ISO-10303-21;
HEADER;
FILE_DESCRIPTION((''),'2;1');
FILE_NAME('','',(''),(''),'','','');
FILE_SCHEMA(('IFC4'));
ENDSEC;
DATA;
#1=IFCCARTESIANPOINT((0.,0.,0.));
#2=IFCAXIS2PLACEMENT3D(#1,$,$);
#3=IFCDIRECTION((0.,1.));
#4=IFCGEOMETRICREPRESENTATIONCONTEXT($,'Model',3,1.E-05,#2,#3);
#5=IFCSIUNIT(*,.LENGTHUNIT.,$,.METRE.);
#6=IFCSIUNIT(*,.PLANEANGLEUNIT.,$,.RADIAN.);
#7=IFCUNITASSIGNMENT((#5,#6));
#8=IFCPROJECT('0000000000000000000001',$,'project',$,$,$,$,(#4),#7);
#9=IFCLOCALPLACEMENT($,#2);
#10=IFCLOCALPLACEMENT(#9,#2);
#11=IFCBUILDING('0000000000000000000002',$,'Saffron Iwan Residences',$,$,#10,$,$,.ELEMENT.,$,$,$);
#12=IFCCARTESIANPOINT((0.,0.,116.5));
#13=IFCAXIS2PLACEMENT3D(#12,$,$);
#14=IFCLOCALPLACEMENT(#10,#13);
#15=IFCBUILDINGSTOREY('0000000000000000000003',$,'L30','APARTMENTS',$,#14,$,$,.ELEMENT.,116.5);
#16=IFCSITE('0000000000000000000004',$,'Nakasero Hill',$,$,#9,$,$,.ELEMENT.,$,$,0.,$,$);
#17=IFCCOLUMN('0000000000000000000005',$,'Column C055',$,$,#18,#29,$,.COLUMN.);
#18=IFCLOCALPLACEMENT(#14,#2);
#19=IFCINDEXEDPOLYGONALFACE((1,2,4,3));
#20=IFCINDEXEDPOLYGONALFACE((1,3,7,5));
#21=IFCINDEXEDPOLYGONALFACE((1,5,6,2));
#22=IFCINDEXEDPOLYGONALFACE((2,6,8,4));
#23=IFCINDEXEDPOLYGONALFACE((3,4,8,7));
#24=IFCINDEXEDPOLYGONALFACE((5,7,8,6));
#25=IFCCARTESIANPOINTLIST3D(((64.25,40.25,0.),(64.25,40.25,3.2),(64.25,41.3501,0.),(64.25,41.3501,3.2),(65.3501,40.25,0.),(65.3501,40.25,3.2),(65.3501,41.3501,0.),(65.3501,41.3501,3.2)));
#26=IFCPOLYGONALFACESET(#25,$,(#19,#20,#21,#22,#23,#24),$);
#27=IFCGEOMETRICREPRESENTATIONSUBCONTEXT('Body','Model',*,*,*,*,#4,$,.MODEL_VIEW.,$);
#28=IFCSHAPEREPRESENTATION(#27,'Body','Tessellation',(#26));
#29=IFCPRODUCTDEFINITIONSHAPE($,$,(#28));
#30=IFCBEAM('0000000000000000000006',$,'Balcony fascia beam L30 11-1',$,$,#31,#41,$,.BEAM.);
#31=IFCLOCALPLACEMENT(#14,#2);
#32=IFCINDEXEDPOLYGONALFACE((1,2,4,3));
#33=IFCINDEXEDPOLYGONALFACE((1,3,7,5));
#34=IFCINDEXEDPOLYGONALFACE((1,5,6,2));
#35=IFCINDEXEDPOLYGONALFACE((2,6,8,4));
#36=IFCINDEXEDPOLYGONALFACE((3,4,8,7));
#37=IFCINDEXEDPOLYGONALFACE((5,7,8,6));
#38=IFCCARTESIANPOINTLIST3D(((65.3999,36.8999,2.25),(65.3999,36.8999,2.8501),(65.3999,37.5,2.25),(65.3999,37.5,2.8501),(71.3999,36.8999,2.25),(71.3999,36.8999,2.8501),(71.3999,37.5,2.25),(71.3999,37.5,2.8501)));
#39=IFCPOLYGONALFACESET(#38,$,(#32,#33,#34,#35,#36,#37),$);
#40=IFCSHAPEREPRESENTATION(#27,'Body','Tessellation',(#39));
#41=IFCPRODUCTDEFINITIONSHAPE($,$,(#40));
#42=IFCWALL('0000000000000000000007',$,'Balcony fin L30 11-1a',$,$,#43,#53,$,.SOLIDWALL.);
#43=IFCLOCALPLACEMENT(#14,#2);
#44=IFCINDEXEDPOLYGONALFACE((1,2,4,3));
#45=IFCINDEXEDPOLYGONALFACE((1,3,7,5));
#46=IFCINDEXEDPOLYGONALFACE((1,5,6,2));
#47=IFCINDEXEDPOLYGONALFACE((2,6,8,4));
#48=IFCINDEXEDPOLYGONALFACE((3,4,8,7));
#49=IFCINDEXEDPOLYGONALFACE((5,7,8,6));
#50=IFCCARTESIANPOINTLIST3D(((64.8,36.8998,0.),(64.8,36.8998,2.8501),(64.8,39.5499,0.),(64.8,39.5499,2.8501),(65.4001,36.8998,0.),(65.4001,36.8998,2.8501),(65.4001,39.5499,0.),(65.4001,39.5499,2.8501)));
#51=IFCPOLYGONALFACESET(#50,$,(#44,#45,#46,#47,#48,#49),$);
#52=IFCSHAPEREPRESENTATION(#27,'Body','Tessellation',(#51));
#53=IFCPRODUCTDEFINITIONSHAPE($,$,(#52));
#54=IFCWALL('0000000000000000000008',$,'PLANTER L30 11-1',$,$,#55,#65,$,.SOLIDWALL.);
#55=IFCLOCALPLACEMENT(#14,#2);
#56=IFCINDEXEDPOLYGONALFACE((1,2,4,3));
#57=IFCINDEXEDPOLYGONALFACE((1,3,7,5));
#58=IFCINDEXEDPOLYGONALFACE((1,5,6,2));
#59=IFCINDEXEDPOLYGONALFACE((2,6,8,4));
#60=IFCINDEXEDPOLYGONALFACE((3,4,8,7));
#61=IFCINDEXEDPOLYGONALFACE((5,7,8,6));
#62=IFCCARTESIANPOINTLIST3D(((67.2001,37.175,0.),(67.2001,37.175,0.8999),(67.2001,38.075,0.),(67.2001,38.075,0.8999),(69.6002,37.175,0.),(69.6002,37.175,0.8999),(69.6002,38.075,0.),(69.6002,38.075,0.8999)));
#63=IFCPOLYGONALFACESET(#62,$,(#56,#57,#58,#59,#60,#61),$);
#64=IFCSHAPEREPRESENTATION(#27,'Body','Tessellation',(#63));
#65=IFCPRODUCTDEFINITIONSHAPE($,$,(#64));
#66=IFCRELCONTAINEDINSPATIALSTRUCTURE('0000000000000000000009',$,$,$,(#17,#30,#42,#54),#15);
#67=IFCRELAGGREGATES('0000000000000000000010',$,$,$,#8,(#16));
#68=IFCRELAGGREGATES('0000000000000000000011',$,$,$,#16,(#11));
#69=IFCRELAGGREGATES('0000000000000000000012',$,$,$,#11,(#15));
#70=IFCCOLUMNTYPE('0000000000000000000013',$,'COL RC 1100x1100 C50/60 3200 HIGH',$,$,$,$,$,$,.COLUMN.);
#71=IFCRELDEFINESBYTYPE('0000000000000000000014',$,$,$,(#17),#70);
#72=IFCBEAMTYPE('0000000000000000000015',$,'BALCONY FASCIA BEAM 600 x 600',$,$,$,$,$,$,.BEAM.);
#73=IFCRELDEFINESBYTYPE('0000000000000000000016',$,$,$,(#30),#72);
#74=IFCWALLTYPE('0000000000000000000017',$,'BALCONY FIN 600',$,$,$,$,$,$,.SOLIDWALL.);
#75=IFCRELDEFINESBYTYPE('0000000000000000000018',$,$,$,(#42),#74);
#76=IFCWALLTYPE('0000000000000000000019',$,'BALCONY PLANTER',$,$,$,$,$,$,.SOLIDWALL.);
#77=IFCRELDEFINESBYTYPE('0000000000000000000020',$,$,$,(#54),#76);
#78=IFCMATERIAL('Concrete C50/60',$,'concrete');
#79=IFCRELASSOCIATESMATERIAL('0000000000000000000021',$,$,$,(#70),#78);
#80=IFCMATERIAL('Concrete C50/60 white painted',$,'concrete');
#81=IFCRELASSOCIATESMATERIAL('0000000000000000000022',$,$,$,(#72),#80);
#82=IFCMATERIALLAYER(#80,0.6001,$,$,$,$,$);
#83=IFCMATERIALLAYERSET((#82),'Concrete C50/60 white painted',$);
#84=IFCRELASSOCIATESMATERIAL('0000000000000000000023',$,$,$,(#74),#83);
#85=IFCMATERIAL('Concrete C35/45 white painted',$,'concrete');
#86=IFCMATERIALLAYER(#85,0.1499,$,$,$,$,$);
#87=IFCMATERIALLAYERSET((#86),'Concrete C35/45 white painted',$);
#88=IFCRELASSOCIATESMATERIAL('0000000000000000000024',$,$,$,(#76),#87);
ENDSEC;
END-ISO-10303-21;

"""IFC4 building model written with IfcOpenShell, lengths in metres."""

from ifc_helpers import new_model, si_unit, direction, frame, frame_2d, origin, origin_2d, place, context, subcontext, project, spatial, rectangle, extrude, source, transform, mapped, material, layer, layer_set, material_profile, profile_set, type_object, element, save


model = new_model("IFC4")

# Units and contexts
model_context = context("Model", 3, precision=1e-05, world=origin(), true_north=direction((0.0, 1.0)))
body_context = subcontext(model_context, "Body", "Model", "MODEL_VIEW")
ifc_project = project(units=[si_unit("LENGTHUNIT", "METRE"), si_unit("PLANEANGLEUNIT", "RADIAN")], contexts=[model_context])

# Site, building, storey
site_placement = place(None, origin())
site = spatial("IfcSite", under=ifc_project, at=site_placement, Name="Nakasero Hill", CompositionType="ELEMENT", RefElevation=0.0)
building_placement = place(site_placement, origin())
building = spatial("IfcBuilding", under=site, at=building_placement, Name="Saffron Iwan Residences", CompositionType="ELEMENT")
storey_placement = place(building_placement, frame((0.0, 0.0, 116.5)))
storey = spatial("IfcBuildingStorey", under=building, at=storey_placement, Name="L30", Description="APARTMENTS", CompositionType="ELEMENT", Elevation=116.5)

# Column
ifc_material_1 = material(Name="Concrete C50/60", Category="concrete")
ifc_material_profile_1 = material_profile(ifc_material_1, rectangle(XDim=1.1001, YDim=1.1001, at=origin_2d()), Name="RC 1100x1100")
ifc_profile_set_1 = profile_set([ifc_material_profile_1], Name="Concrete C50/60")
column_type = type_object("IfcColumnType", Name="COL RC 1100x1100 C50/60 3200 HIGH", PredefinedType="COLUMN", material=ifc_profile_set_1)
shared_shape_1 = source(origin(), body_context, "Body", "SweptSolid", [
    extrude(rectangle(XDim=1.1001, YDim=1.1001, at=origin_2d()), origin(), (0.0, 0.0, 1.0), 3.2),
])
column_placement = place(storey_placement, frame((64.8, 40.8, 0.0), z_axis=(0.0, 0.0, 1.0), x_axis=(1.0, 0.0, 0.0)))
element("IfcColumn", 1, at=column_placement, inside=storey, type_object=column_type, Name="Column C055", PredefinedType="COLUMN", context=body_context, shape_type="MappedRepresentation", body=[
    mapped(shared_shape_1, transform((0.0, 0.0, 0.0))),
])

# Beam
ifc_material_2 = material(Name="Concrete C50/60 white painted", Category="concrete")
ifc_material_profile_2 = material_profile(ifc_material_2, rectangle(XDim=0.6001, YDim=0.6001, at=origin_2d()), Name="BALCONY FASCIA BEAM 600 x 600")
ifc_profile_set_2 = profile_set([ifc_material_profile_2], Name="Concrete C50/60 white painted")
beam_type = type_object("IfcBeamType", Name="BALCONY FASCIA BEAM 600 x 600", PredefinedType="BEAM", material=ifc_profile_set_2)
shared_shape_2 = source(origin(), body_context, "Body", "SweptSolid", [
    extrude(rectangle(XDim=0.6001, YDim=0.6001, at=origin_2d()), origin(), (0.0, 0.0, 1.0), 6.0),
])
beam_placement = place(storey_placement, frame((65.3999, 37.2, 2.55), z_axis=(1.0, 0.0, 0.0), x_axis=(0.0, 1.0, 0.0)))
element("IfcBeam", 2, at=beam_placement, inside=storey, type_object=beam_type, Name="Balcony fascia beam L30 11-1", PredefinedType="BEAM", context=body_context, shape_type="MappedRepresentation", body=[
    mapped(shared_shape_2, transform((0.0, 0.0, 0.0))),
])

# Walls
ifc_layer_1 = layer(ifc_material_2, 0.6001)
ifc_layer_set_1 = layer_set([ifc_layer_1], Name="Concrete C50/60 white painted")
wall_type_1 = type_object("IfcWallType", Name="BALCONY FIN 600", PredefinedType="SOLIDWALL", material=ifc_layer_set_1)
wall_1_placement = place(storey_placement, frame((65.1001, 39.55, 0.0), z_axis=(0.0, 0.0, 1.0), x_axis=(0.0, -1.0, 0.0)))
element("IfcWall", 3, at=wall_1_placement, inside=storey, type_object=wall_type_1, Name="Balcony fin L30 11-1a", PredefinedType="SOLIDWALL", context=body_context, shape_type="SweptSolid", body=[
    extrude(rectangle(XDim=2.6501, YDim=0.6001, at=frame_2d((1.3252, 0.0))), origin(), (0.0, 0.0, 1.0), 2.8501),
])
ifc_material_3 = material(Name="Concrete C35/45 white painted", Category="concrete")
ifc_layer_2 = layer(ifc_material_3, 0.1499)
ifc_layer_set_2 = layer_set([ifc_layer_2], Name="Concrete C35/45 white painted")
wall_type_2 = type_object("IfcWallType", Name="BALCONY PLANTER", PredefinedType="SOLIDWALL", material=ifc_layer_set_2)
wall_2_placement = place(storey_placement, frame((67.2, 37.625, 0.0), z_axis=(0.0, 0.0, 1.0), x_axis=(1.0, 0.0, 0.0)))
element("IfcWall", 4, at=wall_2_placement, inside=storey, type_object=wall_type_2, Name="PLANTER L30 11-1", PredefinedType="SOLIDWALL", context=body_context, shape_type="SweptSolid", body=[
    extrude(rectangle(XDim=2.4001, YDim=0.8999, at=frame_2d((1.2002, 0.0))), origin(), (0.0, 0.0, 1.0), 0.8999),
])

save(model, "model.ifc")
